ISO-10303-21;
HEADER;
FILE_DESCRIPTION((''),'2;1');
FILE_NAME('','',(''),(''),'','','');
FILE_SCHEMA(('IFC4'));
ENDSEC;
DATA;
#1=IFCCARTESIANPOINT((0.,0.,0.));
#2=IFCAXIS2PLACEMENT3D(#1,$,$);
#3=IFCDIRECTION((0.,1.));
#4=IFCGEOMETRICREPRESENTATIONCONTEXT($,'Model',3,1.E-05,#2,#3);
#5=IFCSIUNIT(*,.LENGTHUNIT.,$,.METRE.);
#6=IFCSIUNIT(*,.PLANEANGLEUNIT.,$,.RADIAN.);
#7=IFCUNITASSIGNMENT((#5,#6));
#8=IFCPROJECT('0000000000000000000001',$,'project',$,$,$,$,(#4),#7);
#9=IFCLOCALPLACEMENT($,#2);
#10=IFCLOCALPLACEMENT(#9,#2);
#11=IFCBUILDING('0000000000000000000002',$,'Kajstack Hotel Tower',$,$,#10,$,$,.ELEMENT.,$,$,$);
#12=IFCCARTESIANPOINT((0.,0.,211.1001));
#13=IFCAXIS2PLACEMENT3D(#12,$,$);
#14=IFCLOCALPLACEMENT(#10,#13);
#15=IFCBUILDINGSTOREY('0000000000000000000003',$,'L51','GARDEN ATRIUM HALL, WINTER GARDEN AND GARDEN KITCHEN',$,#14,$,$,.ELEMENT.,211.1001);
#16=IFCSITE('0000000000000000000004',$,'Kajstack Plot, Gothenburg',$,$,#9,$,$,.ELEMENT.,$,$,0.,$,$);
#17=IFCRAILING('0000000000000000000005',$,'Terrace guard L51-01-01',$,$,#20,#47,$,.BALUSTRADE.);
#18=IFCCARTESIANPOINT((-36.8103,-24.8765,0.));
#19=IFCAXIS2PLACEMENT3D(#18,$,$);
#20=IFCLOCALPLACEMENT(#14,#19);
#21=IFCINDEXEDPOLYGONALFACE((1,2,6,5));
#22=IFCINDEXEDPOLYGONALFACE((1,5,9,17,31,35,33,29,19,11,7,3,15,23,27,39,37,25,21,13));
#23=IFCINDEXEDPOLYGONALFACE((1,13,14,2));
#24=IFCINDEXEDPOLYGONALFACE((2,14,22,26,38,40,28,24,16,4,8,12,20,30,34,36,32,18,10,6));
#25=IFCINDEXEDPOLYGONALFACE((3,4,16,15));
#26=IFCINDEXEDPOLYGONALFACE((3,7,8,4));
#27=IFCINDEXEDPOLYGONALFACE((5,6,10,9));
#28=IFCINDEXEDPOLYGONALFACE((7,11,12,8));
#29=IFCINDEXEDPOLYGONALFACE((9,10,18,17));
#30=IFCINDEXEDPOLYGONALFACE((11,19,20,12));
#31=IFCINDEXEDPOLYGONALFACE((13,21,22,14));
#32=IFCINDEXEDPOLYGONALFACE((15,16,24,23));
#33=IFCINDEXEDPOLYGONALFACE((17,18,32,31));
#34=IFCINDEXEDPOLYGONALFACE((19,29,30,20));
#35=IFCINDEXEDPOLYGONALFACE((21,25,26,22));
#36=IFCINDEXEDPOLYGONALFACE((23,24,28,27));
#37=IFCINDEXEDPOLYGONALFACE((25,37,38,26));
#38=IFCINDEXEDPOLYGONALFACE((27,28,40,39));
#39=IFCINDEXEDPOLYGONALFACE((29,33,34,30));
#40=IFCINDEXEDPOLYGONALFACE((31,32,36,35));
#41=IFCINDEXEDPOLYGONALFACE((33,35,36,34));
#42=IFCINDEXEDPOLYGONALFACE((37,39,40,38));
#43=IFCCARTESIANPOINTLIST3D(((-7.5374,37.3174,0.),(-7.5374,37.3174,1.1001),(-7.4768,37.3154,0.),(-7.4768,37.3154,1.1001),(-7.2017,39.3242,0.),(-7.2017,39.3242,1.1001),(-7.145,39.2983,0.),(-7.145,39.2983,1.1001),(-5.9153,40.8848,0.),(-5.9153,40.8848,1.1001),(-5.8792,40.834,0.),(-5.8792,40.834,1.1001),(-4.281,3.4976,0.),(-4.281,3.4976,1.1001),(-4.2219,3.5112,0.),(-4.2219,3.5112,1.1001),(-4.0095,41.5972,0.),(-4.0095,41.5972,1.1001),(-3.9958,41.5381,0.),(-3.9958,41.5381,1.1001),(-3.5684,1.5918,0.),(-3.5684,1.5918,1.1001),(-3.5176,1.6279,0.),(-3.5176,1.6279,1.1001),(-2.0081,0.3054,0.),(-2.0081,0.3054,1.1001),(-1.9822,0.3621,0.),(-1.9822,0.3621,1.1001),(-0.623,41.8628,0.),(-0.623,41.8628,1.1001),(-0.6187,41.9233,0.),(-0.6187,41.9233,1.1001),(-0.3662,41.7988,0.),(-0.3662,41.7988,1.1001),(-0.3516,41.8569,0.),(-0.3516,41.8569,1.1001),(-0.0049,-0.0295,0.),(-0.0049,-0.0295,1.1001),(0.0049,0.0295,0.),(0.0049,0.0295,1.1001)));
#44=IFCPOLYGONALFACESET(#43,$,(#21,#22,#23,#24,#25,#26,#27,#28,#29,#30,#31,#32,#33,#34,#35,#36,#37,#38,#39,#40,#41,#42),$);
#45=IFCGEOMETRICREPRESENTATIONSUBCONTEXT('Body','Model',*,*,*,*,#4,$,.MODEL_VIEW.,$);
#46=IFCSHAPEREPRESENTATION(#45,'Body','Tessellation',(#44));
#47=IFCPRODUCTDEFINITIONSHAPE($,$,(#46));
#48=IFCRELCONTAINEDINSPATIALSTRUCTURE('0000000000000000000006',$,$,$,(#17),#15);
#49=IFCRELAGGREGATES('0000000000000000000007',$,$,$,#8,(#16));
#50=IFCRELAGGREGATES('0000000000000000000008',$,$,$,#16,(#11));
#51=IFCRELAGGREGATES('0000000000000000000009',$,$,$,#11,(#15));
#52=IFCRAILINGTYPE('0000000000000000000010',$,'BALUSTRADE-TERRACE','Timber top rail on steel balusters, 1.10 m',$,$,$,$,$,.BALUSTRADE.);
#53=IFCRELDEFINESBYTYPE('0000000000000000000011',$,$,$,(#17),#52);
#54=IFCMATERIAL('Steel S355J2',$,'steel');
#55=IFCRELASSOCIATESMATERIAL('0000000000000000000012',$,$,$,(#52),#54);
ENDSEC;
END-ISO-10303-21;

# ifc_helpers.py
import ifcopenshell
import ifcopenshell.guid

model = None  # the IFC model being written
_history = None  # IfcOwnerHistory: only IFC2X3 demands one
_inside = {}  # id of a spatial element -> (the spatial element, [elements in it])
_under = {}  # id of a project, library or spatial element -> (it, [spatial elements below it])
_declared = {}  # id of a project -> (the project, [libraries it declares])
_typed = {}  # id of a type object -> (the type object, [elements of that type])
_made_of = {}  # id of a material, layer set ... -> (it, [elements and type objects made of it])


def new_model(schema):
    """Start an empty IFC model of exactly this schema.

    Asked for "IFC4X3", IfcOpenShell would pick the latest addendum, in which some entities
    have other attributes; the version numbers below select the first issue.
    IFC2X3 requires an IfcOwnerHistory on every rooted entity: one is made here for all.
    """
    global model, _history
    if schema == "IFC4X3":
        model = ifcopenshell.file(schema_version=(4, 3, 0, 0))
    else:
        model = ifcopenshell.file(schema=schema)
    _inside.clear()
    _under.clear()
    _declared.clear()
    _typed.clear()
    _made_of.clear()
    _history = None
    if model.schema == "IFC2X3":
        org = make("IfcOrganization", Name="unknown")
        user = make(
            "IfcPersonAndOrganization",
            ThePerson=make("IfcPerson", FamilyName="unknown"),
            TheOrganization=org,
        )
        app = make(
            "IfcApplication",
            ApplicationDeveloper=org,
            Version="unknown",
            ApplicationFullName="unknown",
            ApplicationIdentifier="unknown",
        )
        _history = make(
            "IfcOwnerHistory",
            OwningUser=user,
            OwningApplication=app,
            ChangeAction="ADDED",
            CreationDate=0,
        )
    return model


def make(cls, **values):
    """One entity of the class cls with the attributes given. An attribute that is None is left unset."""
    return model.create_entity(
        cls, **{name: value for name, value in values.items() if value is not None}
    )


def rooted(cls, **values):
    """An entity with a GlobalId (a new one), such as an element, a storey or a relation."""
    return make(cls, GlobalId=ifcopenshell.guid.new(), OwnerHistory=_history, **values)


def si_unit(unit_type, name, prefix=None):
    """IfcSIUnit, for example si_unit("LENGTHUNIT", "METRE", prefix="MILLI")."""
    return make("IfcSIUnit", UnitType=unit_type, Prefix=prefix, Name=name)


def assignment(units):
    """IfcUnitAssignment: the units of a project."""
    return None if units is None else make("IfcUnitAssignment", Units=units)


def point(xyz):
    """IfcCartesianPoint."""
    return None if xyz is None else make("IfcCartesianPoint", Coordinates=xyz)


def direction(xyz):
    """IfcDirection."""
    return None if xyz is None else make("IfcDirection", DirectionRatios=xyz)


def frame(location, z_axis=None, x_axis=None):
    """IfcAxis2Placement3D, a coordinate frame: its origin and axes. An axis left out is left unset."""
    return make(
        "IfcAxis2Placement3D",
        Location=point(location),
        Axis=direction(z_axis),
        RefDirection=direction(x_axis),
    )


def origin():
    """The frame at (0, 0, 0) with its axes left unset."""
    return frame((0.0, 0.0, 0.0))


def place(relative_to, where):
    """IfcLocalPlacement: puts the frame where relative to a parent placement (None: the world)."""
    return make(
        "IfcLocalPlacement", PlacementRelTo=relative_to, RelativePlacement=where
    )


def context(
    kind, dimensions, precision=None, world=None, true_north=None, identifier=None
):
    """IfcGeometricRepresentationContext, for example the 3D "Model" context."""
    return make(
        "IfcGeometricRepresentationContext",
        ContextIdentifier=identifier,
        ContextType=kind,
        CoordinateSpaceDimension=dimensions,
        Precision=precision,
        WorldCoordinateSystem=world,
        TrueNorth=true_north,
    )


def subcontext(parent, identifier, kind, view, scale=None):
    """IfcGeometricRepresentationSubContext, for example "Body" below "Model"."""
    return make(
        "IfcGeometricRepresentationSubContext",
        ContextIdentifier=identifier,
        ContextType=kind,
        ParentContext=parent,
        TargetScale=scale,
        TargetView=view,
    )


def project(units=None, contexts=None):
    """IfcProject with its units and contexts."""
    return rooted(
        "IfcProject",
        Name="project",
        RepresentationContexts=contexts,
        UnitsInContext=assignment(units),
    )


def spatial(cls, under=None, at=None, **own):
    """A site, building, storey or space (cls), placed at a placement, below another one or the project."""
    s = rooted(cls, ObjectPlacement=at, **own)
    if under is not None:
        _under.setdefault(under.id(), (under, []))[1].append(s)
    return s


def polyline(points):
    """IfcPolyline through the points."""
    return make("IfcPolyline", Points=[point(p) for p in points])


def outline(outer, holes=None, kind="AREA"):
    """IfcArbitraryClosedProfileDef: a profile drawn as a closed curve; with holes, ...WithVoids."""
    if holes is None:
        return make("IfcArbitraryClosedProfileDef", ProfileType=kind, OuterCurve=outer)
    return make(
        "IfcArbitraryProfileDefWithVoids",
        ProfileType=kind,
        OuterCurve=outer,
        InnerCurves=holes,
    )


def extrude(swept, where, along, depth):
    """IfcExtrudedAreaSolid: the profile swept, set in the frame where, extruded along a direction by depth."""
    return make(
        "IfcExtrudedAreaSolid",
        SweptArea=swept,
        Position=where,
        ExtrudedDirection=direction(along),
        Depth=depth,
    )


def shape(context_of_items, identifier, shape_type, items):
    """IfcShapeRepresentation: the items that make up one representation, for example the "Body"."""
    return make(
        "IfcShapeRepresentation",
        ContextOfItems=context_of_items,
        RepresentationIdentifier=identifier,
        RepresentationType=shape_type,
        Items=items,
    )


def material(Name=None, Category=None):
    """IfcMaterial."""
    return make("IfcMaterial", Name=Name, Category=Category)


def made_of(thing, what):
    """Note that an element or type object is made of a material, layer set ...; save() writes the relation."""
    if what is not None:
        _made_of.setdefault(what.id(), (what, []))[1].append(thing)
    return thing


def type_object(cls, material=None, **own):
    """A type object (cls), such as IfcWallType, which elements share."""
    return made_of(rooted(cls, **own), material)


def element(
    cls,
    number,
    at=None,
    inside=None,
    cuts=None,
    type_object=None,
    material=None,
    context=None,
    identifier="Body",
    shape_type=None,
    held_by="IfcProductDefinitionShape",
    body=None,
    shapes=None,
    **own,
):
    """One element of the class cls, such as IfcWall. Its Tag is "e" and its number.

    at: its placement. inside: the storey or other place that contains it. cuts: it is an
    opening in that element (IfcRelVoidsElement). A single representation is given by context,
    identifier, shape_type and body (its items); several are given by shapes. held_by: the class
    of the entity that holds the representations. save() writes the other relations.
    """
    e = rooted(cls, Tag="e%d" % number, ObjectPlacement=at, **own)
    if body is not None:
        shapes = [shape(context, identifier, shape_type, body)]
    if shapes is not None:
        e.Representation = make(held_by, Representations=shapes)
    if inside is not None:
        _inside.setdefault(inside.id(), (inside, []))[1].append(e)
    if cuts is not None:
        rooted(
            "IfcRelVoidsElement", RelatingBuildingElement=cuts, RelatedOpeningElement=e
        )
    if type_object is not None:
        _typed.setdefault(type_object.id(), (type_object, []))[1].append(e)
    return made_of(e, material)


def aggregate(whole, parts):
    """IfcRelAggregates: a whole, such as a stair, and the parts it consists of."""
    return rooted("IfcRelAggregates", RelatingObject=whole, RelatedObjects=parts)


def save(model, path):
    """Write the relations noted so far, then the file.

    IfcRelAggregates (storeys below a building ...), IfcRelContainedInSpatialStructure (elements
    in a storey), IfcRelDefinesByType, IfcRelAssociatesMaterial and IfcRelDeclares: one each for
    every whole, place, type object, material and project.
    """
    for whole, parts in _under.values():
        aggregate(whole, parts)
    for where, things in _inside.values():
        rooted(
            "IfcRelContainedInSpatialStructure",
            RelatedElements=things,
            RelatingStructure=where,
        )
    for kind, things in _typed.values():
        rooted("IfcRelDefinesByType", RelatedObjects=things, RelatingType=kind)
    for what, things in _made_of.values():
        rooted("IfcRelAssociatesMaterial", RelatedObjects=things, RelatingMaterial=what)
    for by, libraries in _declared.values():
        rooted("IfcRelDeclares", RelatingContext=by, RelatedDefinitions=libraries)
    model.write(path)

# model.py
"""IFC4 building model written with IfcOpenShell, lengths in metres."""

from ifc_helpers import new_model, si_unit, direction, frame, origin, place, context, subcontext, project, spatial, polyline, outline, extrude, material, type_object, element, save


model = new_model("IFC4")

# Units and contexts
model_context = context("Model", 3, precision=1e-05, world=origin(), true_north=direction((0.0, 1.0)))
body_context = subcontext(model_context, "Body", "Model", "MODEL_VIEW")
ifc_project = project(units=[si_unit("LENGTHUNIT", "METRE"), si_unit("PLANEANGLEUNIT", "RADIAN")], contexts=[model_context])

# Site, building, storey
site_placement = place(None, origin())
site = spatial("IfcSite", under=ifc_project, at=site_placement, Name="Kajstack Plot, Gothenburg", CompositionType="ELEMENT", RefElevation=0.0)
building_placement = place(site_placement, origin())
building = spatial("IfcBuilding", under=site, at=building_placement, Name="Kajstack Hotel Tower", CompositionType="ELEMENT")
storey_placement = place(building_placement, frame((0.0, 0.0, 211.1001)))
storey = spatial("IfcBuildingStorey", under=building, at=storey_placement, Name="L51", Description="GARDEN ATRIUM HALL, WINTER GARDEN AND GARDEN KITCHEN", CompositionType="ELEMENT", Elevation=211.1001)

# Railing
ifc_material_1 = material(Name="Steel S355J2", Category="steel")
railing_type = type_object("IfcRailingType", Name="BALUSTRADE-TERRACE", Description="Timber top rail on steel balusters, 1.10 m", PredefinedType="BALUSTRADE", material=ifc_material_1)
railing_placement = place(storey_placement, frame((-36.8103, -24.8765, 0.0)))
element("IfcRailing", 1, at=railing_placement, inside=storey, type_object=railing_type, Name="Terrace guard L51-01-01", PredefinedType="BALUSTRADE", context=body_context, shape_type="SweptSolid", body=[
    extrude(outline(polyline([(-2.0081, 0.3054), (-3.5684, 1.5918), (-4.281, 3.4976), (-7.5374, 37.3174), (-7.2017, 39.3242), (-5.9153, 40.8848), (-4.0095, 41.5972), (-0.6187, 41.9233), (-0.3516, 41.8569), (-0.3662, 41.7988), (-0.623, 41.8628), (-3.9958, 41.5381), (-5.8792, 40.834), (-7.145, 39.2983), (-7.4768, 37.3154), (-4.2219, 3.5112), (-3.5176, 1.6279), (-1.9822, 0.3621), (0.0049, 0.0295), (-0.0049, -0.0295), (-2.0081, 0.3054)])), origin(), (0.0, 0.0, 1.0), 1.1001),
])

save(model, "model.ifc")
